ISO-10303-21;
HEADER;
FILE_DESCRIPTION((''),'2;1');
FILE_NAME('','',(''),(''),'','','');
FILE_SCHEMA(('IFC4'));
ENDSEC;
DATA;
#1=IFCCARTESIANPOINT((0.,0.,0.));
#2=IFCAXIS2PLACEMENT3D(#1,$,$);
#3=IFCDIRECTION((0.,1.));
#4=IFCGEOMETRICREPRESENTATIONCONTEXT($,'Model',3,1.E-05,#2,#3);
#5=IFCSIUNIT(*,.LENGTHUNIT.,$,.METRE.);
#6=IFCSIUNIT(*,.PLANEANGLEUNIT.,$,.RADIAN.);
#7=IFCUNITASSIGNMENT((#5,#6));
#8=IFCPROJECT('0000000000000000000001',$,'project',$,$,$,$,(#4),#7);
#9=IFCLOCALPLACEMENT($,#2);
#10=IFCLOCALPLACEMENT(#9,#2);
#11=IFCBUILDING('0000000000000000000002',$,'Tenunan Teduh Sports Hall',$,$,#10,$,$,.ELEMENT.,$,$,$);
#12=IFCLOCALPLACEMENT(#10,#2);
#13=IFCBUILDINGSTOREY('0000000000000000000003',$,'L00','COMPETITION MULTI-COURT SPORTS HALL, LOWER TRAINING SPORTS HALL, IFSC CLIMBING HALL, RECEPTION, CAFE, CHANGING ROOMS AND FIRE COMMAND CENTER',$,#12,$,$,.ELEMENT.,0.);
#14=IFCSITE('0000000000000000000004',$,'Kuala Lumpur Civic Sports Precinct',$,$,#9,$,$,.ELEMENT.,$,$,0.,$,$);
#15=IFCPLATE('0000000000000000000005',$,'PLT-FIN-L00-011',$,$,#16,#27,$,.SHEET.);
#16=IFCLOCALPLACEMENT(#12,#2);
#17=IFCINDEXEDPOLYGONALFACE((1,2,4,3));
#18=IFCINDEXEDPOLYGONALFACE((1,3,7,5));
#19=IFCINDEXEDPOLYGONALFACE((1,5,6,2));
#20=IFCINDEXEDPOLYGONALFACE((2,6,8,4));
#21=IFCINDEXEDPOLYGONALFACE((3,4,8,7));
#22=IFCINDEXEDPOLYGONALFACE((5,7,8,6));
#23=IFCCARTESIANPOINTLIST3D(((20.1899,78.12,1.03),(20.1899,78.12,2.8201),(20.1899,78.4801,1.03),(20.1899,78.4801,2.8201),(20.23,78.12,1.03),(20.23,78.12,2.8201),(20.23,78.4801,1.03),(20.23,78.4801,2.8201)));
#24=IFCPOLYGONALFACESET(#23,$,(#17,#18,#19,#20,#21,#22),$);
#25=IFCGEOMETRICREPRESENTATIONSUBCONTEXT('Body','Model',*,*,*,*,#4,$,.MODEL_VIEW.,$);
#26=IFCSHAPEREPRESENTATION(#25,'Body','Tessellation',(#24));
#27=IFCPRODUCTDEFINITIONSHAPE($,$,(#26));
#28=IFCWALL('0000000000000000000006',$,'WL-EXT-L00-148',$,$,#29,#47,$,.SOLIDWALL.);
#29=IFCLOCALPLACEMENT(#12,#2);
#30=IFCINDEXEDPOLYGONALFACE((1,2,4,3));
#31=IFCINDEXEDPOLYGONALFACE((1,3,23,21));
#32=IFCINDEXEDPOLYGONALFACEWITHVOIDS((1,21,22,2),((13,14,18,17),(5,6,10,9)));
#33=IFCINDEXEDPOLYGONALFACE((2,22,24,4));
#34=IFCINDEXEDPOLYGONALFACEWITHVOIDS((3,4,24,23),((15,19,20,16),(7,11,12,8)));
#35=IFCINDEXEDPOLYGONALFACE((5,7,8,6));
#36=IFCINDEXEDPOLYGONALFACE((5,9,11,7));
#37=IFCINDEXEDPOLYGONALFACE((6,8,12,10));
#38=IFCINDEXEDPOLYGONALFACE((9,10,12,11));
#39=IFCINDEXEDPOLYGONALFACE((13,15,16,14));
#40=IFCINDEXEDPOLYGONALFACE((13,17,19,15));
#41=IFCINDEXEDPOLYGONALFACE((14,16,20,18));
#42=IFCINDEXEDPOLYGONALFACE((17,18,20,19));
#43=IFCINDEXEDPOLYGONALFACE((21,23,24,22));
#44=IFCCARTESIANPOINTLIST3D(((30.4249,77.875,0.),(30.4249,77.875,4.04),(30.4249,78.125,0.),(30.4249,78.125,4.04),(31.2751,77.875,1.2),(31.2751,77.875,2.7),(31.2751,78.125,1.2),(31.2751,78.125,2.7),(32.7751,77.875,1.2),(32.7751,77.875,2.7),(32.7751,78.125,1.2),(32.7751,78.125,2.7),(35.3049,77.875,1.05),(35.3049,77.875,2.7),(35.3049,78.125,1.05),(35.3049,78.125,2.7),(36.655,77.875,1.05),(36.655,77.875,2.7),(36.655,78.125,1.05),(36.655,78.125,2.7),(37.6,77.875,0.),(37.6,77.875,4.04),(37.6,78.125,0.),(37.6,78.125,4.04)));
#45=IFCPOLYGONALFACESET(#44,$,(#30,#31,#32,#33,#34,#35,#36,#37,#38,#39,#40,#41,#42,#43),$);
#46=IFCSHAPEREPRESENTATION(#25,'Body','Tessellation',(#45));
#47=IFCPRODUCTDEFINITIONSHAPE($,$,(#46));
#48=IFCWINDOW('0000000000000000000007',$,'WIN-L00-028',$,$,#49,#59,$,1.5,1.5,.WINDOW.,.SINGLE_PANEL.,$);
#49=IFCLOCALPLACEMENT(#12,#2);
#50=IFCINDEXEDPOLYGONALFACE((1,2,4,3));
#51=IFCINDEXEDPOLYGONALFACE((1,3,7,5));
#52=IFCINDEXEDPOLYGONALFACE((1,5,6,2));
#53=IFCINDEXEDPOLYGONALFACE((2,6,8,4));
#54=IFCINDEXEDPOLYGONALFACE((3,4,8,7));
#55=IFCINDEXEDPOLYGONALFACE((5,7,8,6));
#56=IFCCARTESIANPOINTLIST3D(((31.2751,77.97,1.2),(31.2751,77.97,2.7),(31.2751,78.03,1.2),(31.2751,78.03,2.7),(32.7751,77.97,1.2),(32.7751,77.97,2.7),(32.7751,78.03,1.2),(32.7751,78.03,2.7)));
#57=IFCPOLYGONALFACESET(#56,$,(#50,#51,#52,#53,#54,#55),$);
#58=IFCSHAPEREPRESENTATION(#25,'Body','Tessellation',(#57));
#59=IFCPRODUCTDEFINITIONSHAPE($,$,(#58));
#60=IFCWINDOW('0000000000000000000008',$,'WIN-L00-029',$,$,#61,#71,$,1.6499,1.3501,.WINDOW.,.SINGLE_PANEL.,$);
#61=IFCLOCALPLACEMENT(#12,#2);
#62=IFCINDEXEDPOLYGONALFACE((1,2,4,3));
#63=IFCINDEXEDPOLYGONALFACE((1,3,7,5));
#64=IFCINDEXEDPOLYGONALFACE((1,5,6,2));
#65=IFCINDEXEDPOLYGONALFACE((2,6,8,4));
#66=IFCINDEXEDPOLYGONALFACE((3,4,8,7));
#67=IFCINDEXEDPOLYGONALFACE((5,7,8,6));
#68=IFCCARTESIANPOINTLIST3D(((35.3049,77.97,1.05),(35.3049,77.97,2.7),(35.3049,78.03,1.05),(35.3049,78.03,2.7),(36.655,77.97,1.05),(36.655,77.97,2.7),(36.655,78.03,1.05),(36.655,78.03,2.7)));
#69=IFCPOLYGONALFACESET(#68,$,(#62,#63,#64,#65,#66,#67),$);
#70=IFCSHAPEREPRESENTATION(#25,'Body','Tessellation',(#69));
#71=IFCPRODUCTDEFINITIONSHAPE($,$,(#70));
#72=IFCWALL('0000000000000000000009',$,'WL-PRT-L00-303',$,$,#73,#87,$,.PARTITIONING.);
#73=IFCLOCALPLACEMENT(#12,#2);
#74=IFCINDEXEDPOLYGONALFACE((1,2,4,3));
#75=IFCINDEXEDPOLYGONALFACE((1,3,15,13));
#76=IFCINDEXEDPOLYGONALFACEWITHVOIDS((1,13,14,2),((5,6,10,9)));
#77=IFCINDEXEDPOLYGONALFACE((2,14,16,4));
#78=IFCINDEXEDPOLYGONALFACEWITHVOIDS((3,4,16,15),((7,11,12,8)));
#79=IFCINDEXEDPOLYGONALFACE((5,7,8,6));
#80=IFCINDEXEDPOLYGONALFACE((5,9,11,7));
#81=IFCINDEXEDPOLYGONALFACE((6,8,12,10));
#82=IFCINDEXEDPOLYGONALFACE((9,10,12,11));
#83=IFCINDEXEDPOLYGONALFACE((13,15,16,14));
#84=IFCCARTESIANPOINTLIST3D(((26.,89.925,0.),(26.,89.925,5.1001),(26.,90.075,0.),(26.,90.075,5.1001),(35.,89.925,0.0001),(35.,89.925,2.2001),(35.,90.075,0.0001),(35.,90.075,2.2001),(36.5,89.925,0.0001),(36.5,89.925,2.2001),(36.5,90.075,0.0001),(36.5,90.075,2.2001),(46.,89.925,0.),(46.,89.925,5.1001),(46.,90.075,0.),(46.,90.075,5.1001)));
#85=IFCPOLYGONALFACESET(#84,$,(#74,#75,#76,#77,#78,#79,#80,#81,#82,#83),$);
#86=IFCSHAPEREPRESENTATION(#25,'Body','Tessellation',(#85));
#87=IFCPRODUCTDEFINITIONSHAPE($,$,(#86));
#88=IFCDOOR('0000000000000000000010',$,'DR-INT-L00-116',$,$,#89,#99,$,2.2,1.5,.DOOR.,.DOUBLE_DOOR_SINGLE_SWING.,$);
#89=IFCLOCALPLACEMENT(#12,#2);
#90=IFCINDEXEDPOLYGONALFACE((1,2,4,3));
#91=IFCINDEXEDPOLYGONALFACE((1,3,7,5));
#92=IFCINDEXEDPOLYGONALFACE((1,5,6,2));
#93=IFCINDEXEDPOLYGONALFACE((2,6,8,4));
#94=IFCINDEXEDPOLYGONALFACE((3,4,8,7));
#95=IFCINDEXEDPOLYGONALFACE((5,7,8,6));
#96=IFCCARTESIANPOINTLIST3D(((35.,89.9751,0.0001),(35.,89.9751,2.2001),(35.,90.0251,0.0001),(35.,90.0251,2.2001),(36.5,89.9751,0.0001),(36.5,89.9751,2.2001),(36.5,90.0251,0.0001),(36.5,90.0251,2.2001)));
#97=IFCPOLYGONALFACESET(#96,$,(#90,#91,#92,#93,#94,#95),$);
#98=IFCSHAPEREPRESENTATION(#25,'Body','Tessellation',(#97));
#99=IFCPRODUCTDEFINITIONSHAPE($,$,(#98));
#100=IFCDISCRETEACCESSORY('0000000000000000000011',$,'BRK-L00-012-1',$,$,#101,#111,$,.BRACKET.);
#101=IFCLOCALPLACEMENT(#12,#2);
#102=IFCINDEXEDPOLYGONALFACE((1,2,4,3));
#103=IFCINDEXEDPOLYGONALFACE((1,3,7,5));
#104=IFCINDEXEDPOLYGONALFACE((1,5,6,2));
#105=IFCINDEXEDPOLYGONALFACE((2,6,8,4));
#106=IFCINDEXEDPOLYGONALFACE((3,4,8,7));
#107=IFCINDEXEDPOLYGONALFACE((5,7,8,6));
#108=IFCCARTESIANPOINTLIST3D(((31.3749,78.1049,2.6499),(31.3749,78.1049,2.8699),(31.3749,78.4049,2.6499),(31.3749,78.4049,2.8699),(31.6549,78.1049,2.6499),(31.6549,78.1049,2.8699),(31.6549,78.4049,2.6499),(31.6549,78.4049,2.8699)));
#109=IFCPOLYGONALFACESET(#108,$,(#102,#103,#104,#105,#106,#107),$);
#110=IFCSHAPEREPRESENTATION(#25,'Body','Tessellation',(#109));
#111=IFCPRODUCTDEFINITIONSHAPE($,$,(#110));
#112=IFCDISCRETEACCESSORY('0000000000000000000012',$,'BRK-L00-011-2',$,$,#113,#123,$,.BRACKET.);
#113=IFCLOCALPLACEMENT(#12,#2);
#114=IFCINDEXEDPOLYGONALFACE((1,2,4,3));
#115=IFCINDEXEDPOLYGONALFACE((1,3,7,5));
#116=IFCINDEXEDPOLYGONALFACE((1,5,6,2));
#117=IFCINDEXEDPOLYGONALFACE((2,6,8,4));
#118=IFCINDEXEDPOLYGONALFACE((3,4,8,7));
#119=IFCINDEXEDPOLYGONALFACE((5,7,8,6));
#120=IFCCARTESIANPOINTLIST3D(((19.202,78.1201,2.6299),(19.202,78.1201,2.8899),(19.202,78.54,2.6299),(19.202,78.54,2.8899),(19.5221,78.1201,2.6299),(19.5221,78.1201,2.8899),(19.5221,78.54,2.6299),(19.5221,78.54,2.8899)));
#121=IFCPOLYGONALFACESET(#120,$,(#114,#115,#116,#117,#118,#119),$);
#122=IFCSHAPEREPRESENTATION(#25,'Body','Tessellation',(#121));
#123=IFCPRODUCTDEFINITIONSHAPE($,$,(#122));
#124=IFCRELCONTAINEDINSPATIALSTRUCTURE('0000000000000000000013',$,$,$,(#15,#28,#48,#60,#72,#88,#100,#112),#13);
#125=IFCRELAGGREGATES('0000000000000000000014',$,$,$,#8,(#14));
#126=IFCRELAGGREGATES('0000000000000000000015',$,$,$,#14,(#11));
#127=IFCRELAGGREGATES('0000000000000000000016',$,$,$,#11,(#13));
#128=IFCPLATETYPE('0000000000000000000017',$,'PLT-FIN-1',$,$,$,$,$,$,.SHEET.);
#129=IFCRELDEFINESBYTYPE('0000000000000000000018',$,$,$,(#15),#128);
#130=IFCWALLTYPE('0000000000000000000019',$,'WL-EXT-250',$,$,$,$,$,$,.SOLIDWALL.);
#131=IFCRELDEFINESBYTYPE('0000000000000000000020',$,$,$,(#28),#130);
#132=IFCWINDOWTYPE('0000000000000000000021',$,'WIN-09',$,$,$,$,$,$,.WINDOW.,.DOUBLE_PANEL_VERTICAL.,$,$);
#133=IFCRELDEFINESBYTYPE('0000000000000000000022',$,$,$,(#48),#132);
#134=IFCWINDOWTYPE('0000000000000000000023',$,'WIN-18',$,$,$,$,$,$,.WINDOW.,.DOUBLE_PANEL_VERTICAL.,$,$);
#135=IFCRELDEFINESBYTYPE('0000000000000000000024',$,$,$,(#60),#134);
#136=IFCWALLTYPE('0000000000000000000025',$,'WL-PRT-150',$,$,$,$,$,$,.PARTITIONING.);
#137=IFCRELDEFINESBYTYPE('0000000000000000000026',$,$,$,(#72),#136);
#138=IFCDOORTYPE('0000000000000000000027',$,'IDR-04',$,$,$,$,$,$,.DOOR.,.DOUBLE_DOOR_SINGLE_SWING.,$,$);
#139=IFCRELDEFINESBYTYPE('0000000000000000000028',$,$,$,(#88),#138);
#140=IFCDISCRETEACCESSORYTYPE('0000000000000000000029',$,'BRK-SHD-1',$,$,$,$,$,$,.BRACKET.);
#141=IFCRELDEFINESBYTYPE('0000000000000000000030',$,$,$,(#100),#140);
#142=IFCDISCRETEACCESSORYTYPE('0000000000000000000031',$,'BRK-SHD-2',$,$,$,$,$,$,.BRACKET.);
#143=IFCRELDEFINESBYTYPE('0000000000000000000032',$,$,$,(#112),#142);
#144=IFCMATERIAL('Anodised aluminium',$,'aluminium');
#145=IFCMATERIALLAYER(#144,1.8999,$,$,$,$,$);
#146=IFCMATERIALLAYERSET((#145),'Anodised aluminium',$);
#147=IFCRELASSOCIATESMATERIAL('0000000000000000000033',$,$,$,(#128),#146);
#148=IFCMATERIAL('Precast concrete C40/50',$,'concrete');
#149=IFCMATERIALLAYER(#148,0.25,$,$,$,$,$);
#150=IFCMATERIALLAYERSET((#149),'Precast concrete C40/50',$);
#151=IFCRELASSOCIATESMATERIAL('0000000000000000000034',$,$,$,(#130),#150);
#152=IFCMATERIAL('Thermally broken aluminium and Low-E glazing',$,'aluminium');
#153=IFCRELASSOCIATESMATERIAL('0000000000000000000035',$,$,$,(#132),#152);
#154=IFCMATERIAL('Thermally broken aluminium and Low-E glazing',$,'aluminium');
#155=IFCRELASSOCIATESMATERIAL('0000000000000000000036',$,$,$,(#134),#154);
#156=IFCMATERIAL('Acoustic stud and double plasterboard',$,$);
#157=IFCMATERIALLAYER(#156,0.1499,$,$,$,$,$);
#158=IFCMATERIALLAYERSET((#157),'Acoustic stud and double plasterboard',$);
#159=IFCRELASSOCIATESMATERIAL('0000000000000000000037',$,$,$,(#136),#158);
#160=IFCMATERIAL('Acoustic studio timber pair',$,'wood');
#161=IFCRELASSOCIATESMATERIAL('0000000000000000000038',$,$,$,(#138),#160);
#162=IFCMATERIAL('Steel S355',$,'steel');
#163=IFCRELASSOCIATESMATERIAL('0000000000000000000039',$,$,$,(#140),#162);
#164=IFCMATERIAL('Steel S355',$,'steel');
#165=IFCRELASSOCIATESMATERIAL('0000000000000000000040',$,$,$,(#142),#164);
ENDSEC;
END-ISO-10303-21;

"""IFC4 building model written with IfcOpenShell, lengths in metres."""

from ifc_helpers import new_model, si_unit, direction, frame, frame_2d, origin, origin_2d, place, context, subcontext, project, spatial, rectangle, extrude, material, layer, layer_set, type_object, element, fill, save


model = new_model("IFC4")

# Units and contexts
model_context = context("Model", 3, precision=1e-05, world=origin(), true_north=direction((0.0, 1.0)))
body_context = subcontext(model_context, "Body", "Model", "MODEL_VIEW")
ifc_project = project(units=[si_unit("LENGTHUNIT", "METRE"), si_unit("PLANEANGLEUNIT", "RADIAN")], contexts=[model_context])

# Site, building, storey
site_placement = place(None, origin())
site = spatial("IfcSite", under=ifc_project, at=site_placement, Name="Kuala Lumpur Civic Sports Precinct", CompositionType="ELEMENT", RefElevation=0.0)
building_placement = place(site_placement, origin())
building = spatial("IfcBuilding", under=site, at=building_placement, Name="Tenunan Teduh Sports Hall", CompositionType="ELEMENT")
storey_placement = place(building_placement, origin())
storey = spatial("IfcBuildingStorey", under=building, at=storey_placement, Name="L00", Description="COMPETITION MULTI-COURT SPORTS HALL, LOWER TRAINING SPORTS HALL, IFSC CLIMBING HALL, RECEPTION, CAFE, CHANGING ROOMS AND FIRE COMMAND CENTER", CompositionType="ELEMENT", Elevation=0.0)

# Plate
ifc_material_1 = material(Name="Anodised aluminium", Category="aluminium")
ifc_layer_1 = layer(ifc_material_1, 1.8999)
ifc_layer_set_1 = layer_set([ifc_layer_1], Name="Anodised aluminium")
plate_type = type_object("IfcPlateType", Name="PLT-FIN-1", PredefinedType="SHEET", material=ifc_layer_set_1)
plate_placement = place(storey_placement, frame((20.21, 78.3, 1.03), z_axis=(0.0, 0.0, 1.0), x_axis=(1.0, 0.0, 0.0)))
element("IfcPlate", 1, at=plate_placement, inside=storey, type_object=plate_type, Name="PLT-FIN-L00-011", PredefinedType="SHEET", context=body_context, shape_type="SweptSolid", body=[
    extrude(rectangle(XDim=0.04, YDim=0.3601, at=origin_2d()), origin(), (0.0, 0.0, 1.0), 1.79),
])

# Wall, openings, windows
ifc_material_2 = material(Name="Precast concrete C40/50", Category="concrete")
ifc_layer_2 = layer(ifc_material_2, 0.25)
ifc_layer_set_2 = layer_set([ifc_layer_2], Name="Precast concrete C40/50")
wall_type_1 = type_object("IfcWallType", Name="WL-EXT-250", PredefinedType="SOLIDWALL", material=ifc_layer_set_2)
wall_1_placement = place(storey_placement, frame((30.425, 78.0, 0.0), z_axis=(0.0, 0.0, 1.0), x_axis=(1.0, 0.0, 0.0)))
wall_1 = element("IfcWall", 2, at=wall_1_placement, inside=storey, type_object=wall_type_1, Name="WL-EXT-L00-148", PredefinedType="SOLIDWALL", context=body_context, shape_type="SweptSolid", body=[
    extrude(rectangle(XDim=7.175, YDim=0.25, at=frame_2d((3.5874, 0.0))), origin(), (0.0, 0.0, 1.0), 4.04),
])
opening_1_placement = place(wall_1_placement, frame((0.8501, 0.0, 1.2)))
opening_1 = element("IfcOpeningElement", 3, at=opening_1_placement, cuts=wall_1, PredefinedType="OPENING", context=body_context, shape_type="SweptSolid", body=[
    extrude(rectangle(XDim=1.5, YDim=1.5, at=frame_2d((0.75, 0.75))), frame((0.0, 0.135, 0.0), z_axis=(0.0, -1.0, 0.0), x_axis=(1.0, 0.0, 0.0)), (0.0, 0.0, 1.0), 0.27),
])
opening_2_placement = place(wall_1_placement, frame((4.8799, 0.0, 1.05)))
opening_2 = element("IfcOpeningElement", 4, at=opening_2_placement, cuts=wall_1, PredefinedType="OPENING", context=body_context, shape_type="SweptSolid", body=[
    extrude(rectangle(XDim=1.3501, YDim=1.6499, at=frame_2d((0.675, 0.825))), frame((0.0, 0.135, 0.0), z_axis=(0.0, -1.0, 0.0), x_axis=(1.0, 0.0, 0.0)), (0.0, 0.0, 1.0), 0.27),
])
ifc_material_3 = material(Name="Thermally broken aluminium and Low-E glazing", Category="aluminium")
window_type_1 = type_object("IfcWindowType", Name="WIN-09", PartitioningType="DOUBLE_PANEL_VERTICAL", PredefinedType="WINDOW", material=ifc_material_3)
window_1_placement = place(opening_1_placement, origin())
window_1 = element("IfcWindow", 5, at=window_1_placement, inside=storey, type_object=window_type_1, Name="WIN-L00-028", OverallHeight=1.5, OverallWidth=1.5, PartitioningType="SINGLE_PANEL", PredefinedType="WINDOW", context=body_context, shape_type="SweptSolid", body=[
    extrude(rectangle(XDim=1.5, YDim=1.5, at=frame_2d((0.75, 0.75))), frame((0.0, 0.03, 0.0), z_axis=(0.0, -1.0, 0.0), x_axis=(1.0, 0.0, 0.0)), (0.0, 0.0, 1.0), 0.0601),
])
fill(opening_1, window_1)
ifc_material_4 = material(Name="Thermally broken aluminium and Low-E glazing", Category="aluminium")
window_type_2 = type_object("IfcWindowType", Name="WIN-18", PartitioningType="DOUBLE_PANEL_VERTICAL", PredefinedType="WINDOW", material=ifc_material_4)
window_2_placement = place(opening_2_placement, origin())
window_2 = element("IfcWindow", 6, at=window_2_placement, inside=storey, type_object=window_type_2, Name="WIN-L00-029", OverallHeight=1.6499, OverallWidth=1.3501, PartitioningType="SINGLE_PANEL", PredefinedType="WINDOW", context=body_context, shape_type="SweptSolid", body=[
    extrude(rectangle(XDim=1.3501, YDim=1.6499, at=frame_2d((0.675, 0.825))), frame((0.0, 0.03, 0.0), z_axis=(0.0, -1.0, 0.0), x_axis=(1.0, 0.0, 0.0)), (0.0, 0.0, 1.0), 0.0601),
])
fill(opening_2, window_2)

# Wall, opening, door
ifc_material_5 = material(Name="Acoustic stud and double plasterboard")
ifc_layer_3 = layer(ifc_material_5, 0.1499)
ifc_layer_set_3 = layer_set([ifc_layer_3], Name="Acoustic stud and double plasterboard")
wall_type_2 = type_object("IfcWallType", Name="WL-PRT-150", PredefinedType="PARTITIONING", material=ifc_layer_set_3)
wall_2_placement = place(storey_placement, frame((26.0, 90.0, 0.0), z_axis=(0.0, 0.0, 1.0), x_axis=(1.0, 0.0, 0.0)))
wall_2 = element("IfcWall", 7, at=wall_2_placement, inside=storey, type_object=wall_type_2, Name="WL-PRT-L00-303", PredefinedType="PARTITIONING", context=body_context, shape_type="SweptSolid", body=[
    extrude(rectangle(XDim=20.0, YDim=0.1499, at=frame_2d((10.0, 0.0))), origin(), (0.0, 0.0, 1.0), 5.1001),
])
opening_3_placement = place(wall_2_placement, frame((9.0, 0.0, 0.0)))
opening_3 = element("IfcOpeningElement", 8, at=opening_3_placement, cuts=wall_2, PredefinedType="OPENING", context=body_context, shape_type="SweptSolid", body=[
    extrude(rectangle(XDim=1.5, YDim=2.2, at=frame_2d((0.75, 1.1001))), frame((0.0, 0.085, 0.0), z_axis=(0.0, -1.0, 0.0), x_axis=(1.0, 0.0, 0.0)), (0.0, 0.0, 1.0), 0.1699),
])
ifc_material_6 = material(Name="Acoustic studio timber pair", Category="wood")
door_type = type_object("IfcDoorType", Name="IDR-04", OperationType="DOUBLE_DOOR_SINGLE_SWING", PredefinedType="DOOR", material=ifc_material_6)
door_placement = place(opening_3_placement, frame((1.5, 0.0, 0.0), z_axis=(0.0, 0.0, 1.0), x_axis=(-1.0, 0.0, 0.0)))
door = element("IfcDoor", 9, at=door_placement, inside=storey, type_object=door_type, Name="DR-INT-L00-116", OperationType="DOUBLE_DOOR_SINGLE_SWING", OverallHeight=2.2, OverallWidth=1.5, PredefinedType="DOOR", context=body_context, shape_type="SweptSolid", body=[
    extrude(rectangle(XDim=1.5, YDim=2.2, at=frame_2d((0.75, 1.1001))), frame((0.0, 0.0249, 0.0), z_axis=(0.0, -1.0, 0.0), x_axis=(1.0, 0.0, 0.0)), (0.0, 0.0, 1.0), 0.05),
])
fill(opening_3, door)

# Discrete accessories
ifc_material_7 = material(Name="Steel S355", Category="steel")
discrete_accessory_type_1 = type_object("IfcDiscreteAccessoryType", Name="BRK-SHD-1", PredefinedType="BRACKET", material=ifc_material_7)
discrete_accessory_1_placement = place(storey_placement, frame((31.5149, 78.2549, 2.6499), z_axis=(0.0, 0.0, 1.0), x_axis=(1.0, 0.0, 0.0)))
element("IfcDiscreteAccessory", 10, at=discrete_accessory_1_placement, inside=storey, type_object=discrete_accessory_type_1, Name="BRK-L00-012-1", PredefinedType="BRACKET", context=body_context, shape_type="SweptSolid", body=[
    extrude(rectangle(XDim=0.28, YDim=0.3, at=origin_2d()), origin(), (0.0, 0.0, 1.0), 0.22),
])
ifc_material_8 = material(Name="Steel S355", Category="steel")
discrete_accessory_type_2 = type_object("IfcDiscreteAccessoryType", Name="BRK-SHD-2", PredefinedType="BRACKET", material=ifc_material_8)
discrete_accessory_2_placement = place(storey_placement, frame((19.3621, 78.3301, 2.6299), z_axis=(0.0, 0.0, 1.0), x_axis=(1.0, 0.0, 0.0)))
element("IfcDiscreteAccessory", 11, at=discrete_accessory_2_placement, inside=storey, type_object=discrete_accessory_type_2, Name="BRK-L00-011-2", PredefinedType="BRACKET", context=body_context, shape_type="SweptSolid", body=[
    extrude(rectangle(XDim=0.3201, YDim=0.4199, at=origin_2d()), origin(), (0.0, 0.0, 1.0), 0.26),
])

save(model, "model.ifc")
